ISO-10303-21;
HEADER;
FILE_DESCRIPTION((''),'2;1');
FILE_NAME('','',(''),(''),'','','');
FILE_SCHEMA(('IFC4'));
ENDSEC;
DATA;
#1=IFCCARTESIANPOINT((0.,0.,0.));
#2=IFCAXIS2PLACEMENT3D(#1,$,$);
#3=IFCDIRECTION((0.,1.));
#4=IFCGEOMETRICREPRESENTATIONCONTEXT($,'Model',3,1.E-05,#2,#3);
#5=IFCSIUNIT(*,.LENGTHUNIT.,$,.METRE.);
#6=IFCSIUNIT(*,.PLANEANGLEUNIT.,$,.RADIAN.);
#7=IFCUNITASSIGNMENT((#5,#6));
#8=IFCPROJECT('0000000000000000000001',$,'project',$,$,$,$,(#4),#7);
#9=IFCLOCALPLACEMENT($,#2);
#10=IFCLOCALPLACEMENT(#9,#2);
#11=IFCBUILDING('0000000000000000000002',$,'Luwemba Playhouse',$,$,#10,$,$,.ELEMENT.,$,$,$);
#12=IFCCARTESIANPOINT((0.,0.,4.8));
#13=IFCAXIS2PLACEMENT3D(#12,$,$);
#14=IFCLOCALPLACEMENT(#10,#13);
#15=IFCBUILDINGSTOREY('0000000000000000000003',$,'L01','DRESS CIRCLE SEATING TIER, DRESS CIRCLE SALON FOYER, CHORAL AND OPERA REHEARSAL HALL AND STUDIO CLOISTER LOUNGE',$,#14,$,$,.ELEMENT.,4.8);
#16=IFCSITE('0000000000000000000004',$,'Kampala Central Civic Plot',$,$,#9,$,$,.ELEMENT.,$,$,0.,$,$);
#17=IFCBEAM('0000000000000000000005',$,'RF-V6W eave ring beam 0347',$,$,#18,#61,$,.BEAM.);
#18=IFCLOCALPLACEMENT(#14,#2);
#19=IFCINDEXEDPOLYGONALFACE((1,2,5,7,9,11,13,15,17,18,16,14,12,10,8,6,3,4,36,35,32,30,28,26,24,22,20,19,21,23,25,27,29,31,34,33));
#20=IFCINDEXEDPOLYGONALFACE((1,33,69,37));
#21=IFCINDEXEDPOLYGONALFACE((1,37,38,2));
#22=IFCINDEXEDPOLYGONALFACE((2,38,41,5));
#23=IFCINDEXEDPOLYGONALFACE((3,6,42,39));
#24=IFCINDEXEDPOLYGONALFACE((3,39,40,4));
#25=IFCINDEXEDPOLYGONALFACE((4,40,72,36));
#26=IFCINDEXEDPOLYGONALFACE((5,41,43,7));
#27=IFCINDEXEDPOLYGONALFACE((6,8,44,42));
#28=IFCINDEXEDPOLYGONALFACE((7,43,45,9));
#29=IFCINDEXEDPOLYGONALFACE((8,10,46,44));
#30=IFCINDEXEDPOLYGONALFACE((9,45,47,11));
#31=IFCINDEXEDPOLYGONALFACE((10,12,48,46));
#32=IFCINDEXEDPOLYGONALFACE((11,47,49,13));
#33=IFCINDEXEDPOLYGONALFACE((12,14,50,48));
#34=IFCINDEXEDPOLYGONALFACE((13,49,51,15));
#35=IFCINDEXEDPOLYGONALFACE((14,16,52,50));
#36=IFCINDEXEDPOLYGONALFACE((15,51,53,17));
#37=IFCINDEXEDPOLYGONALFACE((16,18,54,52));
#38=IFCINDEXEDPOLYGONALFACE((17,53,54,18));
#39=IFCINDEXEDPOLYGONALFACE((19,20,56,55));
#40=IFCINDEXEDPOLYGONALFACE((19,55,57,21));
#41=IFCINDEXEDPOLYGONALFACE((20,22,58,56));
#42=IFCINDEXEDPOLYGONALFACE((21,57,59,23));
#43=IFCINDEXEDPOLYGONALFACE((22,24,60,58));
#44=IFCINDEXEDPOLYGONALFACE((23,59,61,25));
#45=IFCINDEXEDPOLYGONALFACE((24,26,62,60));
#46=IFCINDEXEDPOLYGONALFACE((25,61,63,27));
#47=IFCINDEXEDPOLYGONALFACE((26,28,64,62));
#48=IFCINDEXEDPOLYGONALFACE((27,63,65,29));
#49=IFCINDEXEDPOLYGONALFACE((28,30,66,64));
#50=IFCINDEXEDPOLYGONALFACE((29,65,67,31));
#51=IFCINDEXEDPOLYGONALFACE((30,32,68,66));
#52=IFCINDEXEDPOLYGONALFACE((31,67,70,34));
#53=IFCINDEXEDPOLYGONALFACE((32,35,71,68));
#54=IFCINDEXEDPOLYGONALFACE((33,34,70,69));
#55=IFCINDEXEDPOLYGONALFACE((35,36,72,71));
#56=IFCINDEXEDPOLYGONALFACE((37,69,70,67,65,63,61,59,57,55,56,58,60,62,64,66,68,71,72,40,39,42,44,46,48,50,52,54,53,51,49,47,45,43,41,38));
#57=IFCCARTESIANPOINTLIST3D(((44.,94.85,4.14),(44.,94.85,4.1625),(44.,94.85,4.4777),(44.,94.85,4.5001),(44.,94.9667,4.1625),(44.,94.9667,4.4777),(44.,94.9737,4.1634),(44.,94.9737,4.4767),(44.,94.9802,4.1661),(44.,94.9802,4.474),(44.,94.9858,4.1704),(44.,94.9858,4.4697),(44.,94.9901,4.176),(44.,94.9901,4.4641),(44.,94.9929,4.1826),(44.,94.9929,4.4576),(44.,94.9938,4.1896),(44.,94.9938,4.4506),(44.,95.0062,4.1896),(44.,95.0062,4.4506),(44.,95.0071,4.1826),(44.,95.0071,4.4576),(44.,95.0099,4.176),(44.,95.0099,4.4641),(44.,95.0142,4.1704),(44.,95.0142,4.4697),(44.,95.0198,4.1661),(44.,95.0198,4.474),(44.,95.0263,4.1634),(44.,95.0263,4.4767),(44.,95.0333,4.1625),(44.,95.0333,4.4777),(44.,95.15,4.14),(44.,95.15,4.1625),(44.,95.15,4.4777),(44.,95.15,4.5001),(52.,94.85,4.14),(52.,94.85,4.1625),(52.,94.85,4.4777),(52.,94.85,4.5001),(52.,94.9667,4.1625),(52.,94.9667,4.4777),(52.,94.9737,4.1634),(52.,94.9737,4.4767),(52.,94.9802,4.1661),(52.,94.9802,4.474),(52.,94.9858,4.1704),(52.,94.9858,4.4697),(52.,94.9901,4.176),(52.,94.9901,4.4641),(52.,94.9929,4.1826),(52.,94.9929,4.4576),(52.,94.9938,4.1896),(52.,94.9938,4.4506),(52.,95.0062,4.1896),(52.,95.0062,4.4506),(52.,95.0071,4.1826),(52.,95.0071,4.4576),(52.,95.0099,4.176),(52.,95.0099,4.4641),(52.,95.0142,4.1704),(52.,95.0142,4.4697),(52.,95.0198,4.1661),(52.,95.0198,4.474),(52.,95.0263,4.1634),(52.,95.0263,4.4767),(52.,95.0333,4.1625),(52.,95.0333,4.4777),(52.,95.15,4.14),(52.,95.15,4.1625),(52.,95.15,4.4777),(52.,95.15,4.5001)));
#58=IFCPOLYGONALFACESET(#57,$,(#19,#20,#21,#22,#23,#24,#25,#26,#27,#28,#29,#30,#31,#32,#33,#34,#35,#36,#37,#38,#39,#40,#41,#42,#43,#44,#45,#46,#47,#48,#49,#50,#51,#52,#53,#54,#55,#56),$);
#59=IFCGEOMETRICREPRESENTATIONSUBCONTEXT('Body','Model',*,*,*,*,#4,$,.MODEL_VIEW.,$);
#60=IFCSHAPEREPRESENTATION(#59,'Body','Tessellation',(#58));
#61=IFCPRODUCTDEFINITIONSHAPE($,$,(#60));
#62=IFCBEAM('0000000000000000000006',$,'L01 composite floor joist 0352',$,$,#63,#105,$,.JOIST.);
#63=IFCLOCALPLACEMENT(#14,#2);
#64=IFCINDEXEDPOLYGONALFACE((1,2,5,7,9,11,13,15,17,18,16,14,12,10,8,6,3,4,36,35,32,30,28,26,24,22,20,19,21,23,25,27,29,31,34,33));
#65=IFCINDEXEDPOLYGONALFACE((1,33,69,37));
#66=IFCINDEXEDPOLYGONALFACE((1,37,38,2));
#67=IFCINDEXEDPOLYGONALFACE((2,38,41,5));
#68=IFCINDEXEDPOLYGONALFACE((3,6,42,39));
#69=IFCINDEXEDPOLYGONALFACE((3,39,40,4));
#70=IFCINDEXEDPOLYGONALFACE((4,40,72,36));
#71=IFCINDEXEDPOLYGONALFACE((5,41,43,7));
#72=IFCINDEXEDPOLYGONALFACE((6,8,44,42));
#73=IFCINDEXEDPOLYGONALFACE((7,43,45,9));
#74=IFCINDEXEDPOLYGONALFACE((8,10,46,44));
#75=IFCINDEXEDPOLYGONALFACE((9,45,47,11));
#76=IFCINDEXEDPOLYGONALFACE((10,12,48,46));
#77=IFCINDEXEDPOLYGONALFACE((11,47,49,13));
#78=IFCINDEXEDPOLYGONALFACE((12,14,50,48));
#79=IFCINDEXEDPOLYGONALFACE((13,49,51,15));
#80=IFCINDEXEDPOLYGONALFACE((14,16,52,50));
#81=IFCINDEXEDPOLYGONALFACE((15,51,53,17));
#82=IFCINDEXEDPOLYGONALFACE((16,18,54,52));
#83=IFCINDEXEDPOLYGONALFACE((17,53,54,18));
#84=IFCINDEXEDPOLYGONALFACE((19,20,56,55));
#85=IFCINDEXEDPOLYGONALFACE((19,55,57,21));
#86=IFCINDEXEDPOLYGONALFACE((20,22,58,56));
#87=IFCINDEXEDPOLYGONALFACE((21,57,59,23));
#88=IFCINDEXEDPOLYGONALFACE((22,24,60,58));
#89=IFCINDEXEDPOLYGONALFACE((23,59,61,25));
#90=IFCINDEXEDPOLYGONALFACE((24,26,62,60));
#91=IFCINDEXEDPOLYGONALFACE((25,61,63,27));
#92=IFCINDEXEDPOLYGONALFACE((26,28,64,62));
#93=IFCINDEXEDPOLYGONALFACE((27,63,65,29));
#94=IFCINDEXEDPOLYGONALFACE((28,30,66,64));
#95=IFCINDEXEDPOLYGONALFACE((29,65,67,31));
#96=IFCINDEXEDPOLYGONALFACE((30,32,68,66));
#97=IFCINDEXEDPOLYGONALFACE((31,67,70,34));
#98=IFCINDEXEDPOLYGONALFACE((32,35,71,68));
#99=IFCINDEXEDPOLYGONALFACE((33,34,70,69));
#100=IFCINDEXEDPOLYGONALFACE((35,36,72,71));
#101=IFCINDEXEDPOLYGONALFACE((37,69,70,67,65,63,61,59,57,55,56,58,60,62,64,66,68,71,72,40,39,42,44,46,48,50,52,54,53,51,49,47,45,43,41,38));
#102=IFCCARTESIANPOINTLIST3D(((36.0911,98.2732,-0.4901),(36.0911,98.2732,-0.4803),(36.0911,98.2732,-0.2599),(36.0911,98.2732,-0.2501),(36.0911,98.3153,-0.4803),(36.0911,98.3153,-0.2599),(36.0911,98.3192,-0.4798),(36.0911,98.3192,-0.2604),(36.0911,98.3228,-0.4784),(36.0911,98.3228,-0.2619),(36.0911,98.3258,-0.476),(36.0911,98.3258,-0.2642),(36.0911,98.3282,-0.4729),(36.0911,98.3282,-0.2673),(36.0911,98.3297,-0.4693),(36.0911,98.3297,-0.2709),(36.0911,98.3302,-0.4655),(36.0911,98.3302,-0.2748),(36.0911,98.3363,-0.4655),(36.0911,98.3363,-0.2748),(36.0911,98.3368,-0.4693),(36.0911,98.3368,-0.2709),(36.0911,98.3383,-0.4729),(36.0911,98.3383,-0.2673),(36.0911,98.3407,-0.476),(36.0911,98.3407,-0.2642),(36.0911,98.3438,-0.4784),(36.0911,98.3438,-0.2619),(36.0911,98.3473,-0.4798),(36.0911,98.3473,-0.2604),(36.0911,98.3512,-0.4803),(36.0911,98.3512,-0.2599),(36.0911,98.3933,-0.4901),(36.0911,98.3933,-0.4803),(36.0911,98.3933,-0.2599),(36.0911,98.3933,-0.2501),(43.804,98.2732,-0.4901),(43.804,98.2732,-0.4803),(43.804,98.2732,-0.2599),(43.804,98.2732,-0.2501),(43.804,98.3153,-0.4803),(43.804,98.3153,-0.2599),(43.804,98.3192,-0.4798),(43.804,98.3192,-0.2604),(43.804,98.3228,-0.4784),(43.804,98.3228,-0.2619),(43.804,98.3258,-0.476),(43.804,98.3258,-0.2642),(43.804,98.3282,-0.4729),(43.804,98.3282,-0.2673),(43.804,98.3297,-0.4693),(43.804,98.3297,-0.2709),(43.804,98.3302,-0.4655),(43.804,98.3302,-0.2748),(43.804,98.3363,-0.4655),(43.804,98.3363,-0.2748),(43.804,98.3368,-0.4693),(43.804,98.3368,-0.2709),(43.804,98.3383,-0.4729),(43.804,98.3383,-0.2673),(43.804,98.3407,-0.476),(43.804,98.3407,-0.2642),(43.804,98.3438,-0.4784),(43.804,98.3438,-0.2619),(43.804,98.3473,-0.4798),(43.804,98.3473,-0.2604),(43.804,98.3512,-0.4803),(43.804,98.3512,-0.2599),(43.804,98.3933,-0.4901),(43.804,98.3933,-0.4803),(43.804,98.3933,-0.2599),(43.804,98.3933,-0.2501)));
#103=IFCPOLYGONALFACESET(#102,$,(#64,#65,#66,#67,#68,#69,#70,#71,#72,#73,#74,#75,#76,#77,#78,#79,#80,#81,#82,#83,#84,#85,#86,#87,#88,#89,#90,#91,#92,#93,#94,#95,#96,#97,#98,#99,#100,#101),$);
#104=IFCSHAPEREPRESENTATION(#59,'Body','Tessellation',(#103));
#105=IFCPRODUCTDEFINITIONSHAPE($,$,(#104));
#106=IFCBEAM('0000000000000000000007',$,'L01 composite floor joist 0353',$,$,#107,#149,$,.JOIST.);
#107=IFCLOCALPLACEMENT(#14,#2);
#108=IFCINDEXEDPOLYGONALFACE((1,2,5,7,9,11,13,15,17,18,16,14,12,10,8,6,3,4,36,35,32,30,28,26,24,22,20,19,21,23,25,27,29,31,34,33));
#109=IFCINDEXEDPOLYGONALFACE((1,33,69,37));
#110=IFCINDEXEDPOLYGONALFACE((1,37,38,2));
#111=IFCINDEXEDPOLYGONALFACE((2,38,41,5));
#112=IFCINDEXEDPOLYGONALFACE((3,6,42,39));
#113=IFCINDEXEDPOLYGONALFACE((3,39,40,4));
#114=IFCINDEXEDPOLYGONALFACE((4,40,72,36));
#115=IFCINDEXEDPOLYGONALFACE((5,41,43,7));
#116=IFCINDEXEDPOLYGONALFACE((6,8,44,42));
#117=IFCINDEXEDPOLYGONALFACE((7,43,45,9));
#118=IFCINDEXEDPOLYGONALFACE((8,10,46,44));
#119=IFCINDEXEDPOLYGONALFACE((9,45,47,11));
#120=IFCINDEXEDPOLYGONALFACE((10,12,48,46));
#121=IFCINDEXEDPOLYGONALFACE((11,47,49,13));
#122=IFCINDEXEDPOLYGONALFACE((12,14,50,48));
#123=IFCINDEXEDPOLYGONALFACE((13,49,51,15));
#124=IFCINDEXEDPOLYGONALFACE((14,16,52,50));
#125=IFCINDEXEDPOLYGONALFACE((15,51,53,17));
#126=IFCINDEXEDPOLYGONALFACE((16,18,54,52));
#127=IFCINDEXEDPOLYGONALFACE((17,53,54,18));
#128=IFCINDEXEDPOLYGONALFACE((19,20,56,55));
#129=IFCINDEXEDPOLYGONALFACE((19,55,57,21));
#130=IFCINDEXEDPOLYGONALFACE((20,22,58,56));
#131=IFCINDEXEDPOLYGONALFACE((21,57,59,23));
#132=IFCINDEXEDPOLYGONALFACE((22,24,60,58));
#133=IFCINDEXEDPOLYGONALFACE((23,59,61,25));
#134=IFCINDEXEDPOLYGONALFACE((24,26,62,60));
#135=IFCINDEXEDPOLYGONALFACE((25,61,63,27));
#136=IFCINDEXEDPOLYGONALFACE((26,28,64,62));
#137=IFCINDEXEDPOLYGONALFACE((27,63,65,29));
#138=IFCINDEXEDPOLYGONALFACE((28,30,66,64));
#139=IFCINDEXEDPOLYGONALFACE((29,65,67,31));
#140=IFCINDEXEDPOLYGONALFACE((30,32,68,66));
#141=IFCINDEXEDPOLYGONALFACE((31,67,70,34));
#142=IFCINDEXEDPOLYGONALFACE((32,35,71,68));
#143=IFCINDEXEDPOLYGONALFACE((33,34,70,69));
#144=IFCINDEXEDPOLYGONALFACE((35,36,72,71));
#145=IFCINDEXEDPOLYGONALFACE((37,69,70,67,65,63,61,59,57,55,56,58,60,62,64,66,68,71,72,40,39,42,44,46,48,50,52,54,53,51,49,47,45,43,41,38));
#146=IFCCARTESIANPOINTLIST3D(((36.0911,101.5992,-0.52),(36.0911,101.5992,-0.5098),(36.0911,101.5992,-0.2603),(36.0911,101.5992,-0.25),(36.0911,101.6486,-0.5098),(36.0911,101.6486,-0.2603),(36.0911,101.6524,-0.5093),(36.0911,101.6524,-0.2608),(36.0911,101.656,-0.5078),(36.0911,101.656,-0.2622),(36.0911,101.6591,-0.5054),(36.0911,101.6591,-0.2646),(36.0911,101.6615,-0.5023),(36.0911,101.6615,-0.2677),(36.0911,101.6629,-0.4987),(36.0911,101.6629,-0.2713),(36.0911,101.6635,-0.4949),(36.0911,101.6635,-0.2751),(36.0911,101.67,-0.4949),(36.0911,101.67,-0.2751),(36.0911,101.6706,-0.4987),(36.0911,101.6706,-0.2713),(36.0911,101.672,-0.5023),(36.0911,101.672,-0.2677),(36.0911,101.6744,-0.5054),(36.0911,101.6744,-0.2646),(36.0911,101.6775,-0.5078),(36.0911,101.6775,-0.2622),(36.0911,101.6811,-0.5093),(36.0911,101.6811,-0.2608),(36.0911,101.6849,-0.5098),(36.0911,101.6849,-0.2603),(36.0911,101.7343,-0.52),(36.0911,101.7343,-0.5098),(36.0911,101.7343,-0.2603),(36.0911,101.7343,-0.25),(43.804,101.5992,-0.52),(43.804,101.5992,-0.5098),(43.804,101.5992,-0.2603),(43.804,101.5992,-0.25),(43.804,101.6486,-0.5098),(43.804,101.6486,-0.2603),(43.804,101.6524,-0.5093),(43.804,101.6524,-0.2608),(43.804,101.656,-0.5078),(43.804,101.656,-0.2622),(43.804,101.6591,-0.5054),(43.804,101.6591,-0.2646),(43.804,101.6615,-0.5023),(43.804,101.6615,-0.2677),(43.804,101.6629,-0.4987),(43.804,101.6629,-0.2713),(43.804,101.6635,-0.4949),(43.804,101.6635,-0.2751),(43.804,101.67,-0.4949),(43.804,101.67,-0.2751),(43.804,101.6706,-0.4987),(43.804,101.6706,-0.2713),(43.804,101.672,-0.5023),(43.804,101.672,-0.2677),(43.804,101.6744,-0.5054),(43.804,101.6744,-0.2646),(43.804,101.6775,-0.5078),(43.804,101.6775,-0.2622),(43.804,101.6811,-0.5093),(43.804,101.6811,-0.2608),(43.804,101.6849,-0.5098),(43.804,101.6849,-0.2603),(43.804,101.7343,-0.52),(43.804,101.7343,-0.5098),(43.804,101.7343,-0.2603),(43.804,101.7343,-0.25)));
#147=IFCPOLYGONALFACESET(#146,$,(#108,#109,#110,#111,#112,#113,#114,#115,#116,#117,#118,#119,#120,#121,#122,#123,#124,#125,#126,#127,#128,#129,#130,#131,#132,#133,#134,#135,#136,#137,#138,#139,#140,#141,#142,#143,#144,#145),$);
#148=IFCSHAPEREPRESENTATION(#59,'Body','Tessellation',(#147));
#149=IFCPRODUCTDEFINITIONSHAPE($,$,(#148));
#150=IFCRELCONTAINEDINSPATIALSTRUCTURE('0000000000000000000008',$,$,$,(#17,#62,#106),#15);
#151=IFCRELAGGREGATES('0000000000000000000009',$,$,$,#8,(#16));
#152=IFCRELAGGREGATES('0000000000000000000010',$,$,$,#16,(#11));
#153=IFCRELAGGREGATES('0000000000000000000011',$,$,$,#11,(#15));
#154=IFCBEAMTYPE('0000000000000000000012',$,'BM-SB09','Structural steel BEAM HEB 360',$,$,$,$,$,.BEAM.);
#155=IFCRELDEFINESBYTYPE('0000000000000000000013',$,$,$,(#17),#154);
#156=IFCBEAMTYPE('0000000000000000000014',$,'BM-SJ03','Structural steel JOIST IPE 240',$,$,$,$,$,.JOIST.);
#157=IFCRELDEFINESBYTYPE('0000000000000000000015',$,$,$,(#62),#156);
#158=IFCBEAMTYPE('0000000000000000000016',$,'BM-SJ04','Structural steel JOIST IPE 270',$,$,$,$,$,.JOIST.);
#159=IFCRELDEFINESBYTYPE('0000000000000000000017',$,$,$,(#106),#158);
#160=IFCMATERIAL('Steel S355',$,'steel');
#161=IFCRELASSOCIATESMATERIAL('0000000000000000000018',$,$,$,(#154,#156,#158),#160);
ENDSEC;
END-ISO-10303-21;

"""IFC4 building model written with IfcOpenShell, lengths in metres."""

from ifc_helpers import new_model, si_unit, direction, frame, origin, origin_2d, place, context, subcontext, project, spatial, i_section, extrude, material, material_profile, profile_set, type_object, element, save


model = new_model("IFC4")

# Units and contexts
model_context = context("Model", 3, precision=1e-05, world=origin(), true_north=direction((0.0, 1.0)))
body_context = subcontext(model_context, "Body", "Model", "MODEL_VIEW")
ifc_project = project(units=[si_unit("LENGTHUNIT", "METRE"), si_unit("PLANEANGLEUNIT", "RADIAN")], contexts=[model_context])

# Site, building, storey
site_placement = place(None, origin())
site = spatial("IfcSite", under=ifc_project, at=site_placement, Name="Kampala Central Civic Plot", CompositionType="ELEMENT", RefElevation=0.0)
building_placement = place(site_placement, origin())
building = spatial("IfcBuilding", under=site, at=building_placement, Name="Luwemba Playhouse", CompositionType="ELEMENT")
storey_placement = place(building_placement, frame((0.0, 0.0, 4.8)))
storey = spatial("IfcBuildingStorey", under=building, at=storey_placement, Name="L01", Description="DRESS CIRCLE SEATING TIER, DRESS CIRCLE SALON FOYER, CHORAL AND OPERA REHEARSAL HALL AND STUDIO CLOISTER LOUNGE", CompositionType="ELEMENT", Elevation=4.8)

# Beams
ifc_material_1 = material(Name="Steel S355", Category="steel")
ifc_material_profile_1 = material_profile(ifc_material_1, i_section(OverallWidth=0.3, OverallDepth=0.3601, WebThickness=0.0125, FlangeThickness=0.0225, FilletRadius=0.0271, at=origin_2d()))
ifc_profile_set_1 = profile_set([ifc_material_profile_1], Name="Steel S355")
beam_type_1 = type_object("IfcBeamType", Name="BM-SB09", Description="Structural steel BEAM HEB 360", PredefinedType="BEAM", material=ifc_profile_set_1)
for number, where, z_axis, x_axis, name in (
    (1, (44.0, 95.0, 4.3201), (1.0, 0.0, 0.0), (0.0, 1.0, 0.0), "RF-V6W eave ring beam 0347"),
):
    element("IfcBeam", number, at=place(storey_placement, frame(where, z_axis=z_axis, x_axis=x_axis)), inside=storey, type_object=beam_type_1, Name=name, PredefinedType="BEAM", context=body_context, shape_type="SweptSolid", body=[
        extrude(i_section(OverallWidth=0.3, OverallDepth=0.3601, WebThickness=0.0125, FlangeThickness=0.0225, FilletRadius=0.0271, at=origin_2d()), origin(), (0.0, 0.0, 1.0), 8.0),
    ])
ifc_material_profile_2 = material_profile(ifc_material_1, i_section(OverallWidth=0.1201, OverallDepth=0.24, WebThickness=0.0061, FlangeThickness=0.0098, FilletRadius=0.0149, at=origin_2d()))
ifc_profile_set_2 = profile_set([ifc_material_profile_2], Name="Steel S355")
beam_type_2 = type_object("IfcBeamType", Name="BM-SJ03", Description="Structural steel JOIST IPE 240", PredefinedType="JOIST", material=ifc_profile_set_2)
beam_1_placement = place(storey_placement, frame((36.0911, 98.3333, -0.3701), z_axis=(1.0, 0.0, 0.0), x_axis=(0.0, 1.0, 0.0)))
element("IfcBeam", 2, at=beam_1_placement, inside=storey, type_object=beam_type_2, Name="L01 composite floor joist 0352", PredefinedType="JOIST", context=body_context, shape_type="SweptSolid", body=[
    extrude(i_section(OverallWidth=0.1201, OverallDepth=0.24, WebThickness=0.0061, FlangeThickness=0.0098, FilletRadius=0.0149, at=origin_2d()), origin(), (0.0, 0.0, 1.0), 7.7129),
])
ifc_material_profile_3 = material_profile(ifc_material_1, i_section(OverallWidth=0.135, OverallDepth=0.27, WebThickness=0.0066, FlangeThickness=0.0103, FilletRadius=0.0149, at=origin_2d()))
ifc_profile_set_3 = profile_set([ifc_material_profile_3], Name="Steel S355")
beam_type_3 = type_object("IfcBeamType", Name="BM-SJ04", Description="Structural steel JOIST IPE 270", PredefinedType="JOIST", material=ifc_profile_set_3)
beam_2_placement = place(storey_placement, frame((36.0911, 101.6667, -0.385), z_axis=(1.0, 0.0, 0.0), x_axis=(0.0, 1.0, 0.0)))
element("IfcBeam", 3, at=beam_2_placement, inside=storey, type_object=beam_type_3, Name="L01 composite floor joist 0353", PredefinedType="JOIST", context=body_context, shape_type="SweptSolid", body=[
    extrude(i_section(OverallWidth=0.135, OverallDepth=0.27, WebThickness=0.0066, FlangeThickness=0.0103, FilletRadius=0.0149, at=origin_2d()), origin(), (0.0, 0.0, 1.0), 7.7129),
])

save(model, "model.ifc")
